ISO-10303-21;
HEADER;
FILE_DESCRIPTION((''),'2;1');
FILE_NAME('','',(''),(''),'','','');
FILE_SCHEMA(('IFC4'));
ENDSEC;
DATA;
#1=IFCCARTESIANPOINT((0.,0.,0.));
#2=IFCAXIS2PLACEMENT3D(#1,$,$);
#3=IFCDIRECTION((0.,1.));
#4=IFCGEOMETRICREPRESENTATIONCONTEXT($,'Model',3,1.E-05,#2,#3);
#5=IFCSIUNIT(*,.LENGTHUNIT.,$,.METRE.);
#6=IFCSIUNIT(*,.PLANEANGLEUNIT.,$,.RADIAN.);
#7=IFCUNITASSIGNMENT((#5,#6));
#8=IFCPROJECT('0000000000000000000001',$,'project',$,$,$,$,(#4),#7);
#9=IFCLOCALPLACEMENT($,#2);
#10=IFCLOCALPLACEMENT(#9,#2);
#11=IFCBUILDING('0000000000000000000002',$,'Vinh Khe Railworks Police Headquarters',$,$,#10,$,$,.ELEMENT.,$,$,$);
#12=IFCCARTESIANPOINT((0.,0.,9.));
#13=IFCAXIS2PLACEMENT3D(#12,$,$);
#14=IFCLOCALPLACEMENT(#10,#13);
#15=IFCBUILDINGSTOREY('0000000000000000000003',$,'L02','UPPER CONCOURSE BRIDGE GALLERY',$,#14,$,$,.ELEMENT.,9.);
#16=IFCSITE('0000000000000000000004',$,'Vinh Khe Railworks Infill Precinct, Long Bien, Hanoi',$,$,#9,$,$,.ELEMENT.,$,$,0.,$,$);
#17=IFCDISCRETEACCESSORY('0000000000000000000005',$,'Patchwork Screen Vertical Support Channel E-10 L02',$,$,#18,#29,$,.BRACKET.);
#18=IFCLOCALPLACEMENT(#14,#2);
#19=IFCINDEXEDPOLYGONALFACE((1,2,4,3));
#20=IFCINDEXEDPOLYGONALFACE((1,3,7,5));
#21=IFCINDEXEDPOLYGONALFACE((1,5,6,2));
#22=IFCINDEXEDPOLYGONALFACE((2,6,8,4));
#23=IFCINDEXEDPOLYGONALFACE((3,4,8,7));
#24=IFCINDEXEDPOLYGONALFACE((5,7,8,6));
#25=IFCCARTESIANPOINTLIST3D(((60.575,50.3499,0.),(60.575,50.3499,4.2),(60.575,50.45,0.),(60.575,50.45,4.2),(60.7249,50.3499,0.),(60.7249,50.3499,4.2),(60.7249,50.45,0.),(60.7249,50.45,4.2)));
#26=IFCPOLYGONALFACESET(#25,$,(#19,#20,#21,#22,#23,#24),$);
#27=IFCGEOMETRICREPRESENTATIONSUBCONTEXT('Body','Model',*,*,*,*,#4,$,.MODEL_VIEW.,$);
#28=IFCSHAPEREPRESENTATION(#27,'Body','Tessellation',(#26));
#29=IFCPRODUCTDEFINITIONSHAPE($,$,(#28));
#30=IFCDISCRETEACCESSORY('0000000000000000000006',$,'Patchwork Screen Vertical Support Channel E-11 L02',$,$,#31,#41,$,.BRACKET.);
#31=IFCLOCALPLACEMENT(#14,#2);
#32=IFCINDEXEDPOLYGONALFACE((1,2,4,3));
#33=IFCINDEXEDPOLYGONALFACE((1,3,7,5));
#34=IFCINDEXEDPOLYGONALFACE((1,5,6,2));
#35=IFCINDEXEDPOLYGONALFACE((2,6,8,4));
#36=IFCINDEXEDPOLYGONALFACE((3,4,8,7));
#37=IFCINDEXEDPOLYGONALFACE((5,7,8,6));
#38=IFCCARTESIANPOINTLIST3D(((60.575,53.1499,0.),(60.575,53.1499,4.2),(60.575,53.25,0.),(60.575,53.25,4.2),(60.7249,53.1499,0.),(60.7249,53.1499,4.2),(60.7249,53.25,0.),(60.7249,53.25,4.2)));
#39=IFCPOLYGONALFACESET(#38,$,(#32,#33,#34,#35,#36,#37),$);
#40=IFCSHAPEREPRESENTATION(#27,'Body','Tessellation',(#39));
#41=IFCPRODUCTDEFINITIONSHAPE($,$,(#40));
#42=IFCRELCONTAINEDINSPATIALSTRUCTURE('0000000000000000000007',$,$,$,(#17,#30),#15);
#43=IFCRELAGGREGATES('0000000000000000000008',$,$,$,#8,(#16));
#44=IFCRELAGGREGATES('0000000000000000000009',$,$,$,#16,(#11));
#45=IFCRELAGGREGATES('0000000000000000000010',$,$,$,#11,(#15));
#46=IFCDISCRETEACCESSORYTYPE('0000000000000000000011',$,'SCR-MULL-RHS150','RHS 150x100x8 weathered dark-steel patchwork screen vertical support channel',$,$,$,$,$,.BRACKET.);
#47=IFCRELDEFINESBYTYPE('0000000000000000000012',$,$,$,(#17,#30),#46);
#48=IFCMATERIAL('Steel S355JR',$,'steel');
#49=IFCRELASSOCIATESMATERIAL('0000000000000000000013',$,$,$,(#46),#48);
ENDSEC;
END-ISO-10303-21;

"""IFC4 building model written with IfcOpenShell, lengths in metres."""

from ifc_helpers import new_model, si_unit, direction, frame, origin, origin_2d, place, context, subcontext, project, spatial, rectangle, extrude, material, type_object, element, save


model = new_model("IFC4")

# Units and contexts
model_context = context("Model", 3, precision=1e-05, world=origin(), true_north=direction((0.0, 1.0)))
body_context = subcontext(model_context, "Body", "Model", "MODEL_VIEW")
ifc_project = project(units=[si_unit("LENGTHUNIT", "METRE"), si_unit("PLANEANGLEUNIT", "RADIAN")], contexts=[model_context])

# Site, building, storey
site_placement = place(None, origin())
site = spatial("IfcSite", under=ifc_project, at=site_placement, Name="Vinh Khe Railworks Infill Precinct, Long Bien, Hanoi", CompositionType="ELEMENT", RefElevation=0.0)
building_placement = place(site_placement, origin())
building = spatial("IfcBuilding", under=site, at=building_placement, Name="Vinh Khe Railworks Police Headquarters", CompositionType="ELEMENT")
storey_placement = place(building_placement, frame((0.0, 0.0, 9.0)))
storey = spatial("IfcBuildingStorey", under=building, at=storey_placement, Name="L02", Description="UPPER CONCOURSE BRIDGE GALLERY", CompositionType="ELEMENT", Elevation=9.0)

# Shared definitions
ifc_material_1 = material(Name="Steel S355JR", Category="steel")

# Discrete accessories
discrete_accessory_type_1 = type_object("IfcDiscreteAccessoryType", Name="SCR-MULL-RHS150", Description="RHS 150x100x8 weathered dark-steel patchwork screen vertical support channel", PredefinedType="BRACKET", material=ifc_material_1)
for number, where, z_axis, x_axis, name in (
    (1, (60.6499, 50.3999, 0.0), (0.0, 0.0, 1.0), (1.0, 0.0, 0.0), "Patchwork Screen Vertical Support Channel E-10 L02"),
    (2, (60.6499, 53.2, 0.0), (0.0, 0.0, 1.0), (1.0, 0.0, 0.0), "Patchwork Screen Vertical Support Channel E-11 L02"),
):
    element("IfcDiscreteAccessory", number, at=place(storey_placement, frame(where, z_axis=z_axis, x_axis=x_axis)), inside=storey, type_object=discrete_accessory_type_1, Name=name, PredefinedType="BRACKET", context=body_context, shape_type="SweptSolid", body=[
        extrude(rectangle(XDim=0.1499, YDim=0.1001, at=origin_2d()), origin(), (0.0, 0.0, 1.0), 4.2),
    ])

save(model, "model.ifc")
